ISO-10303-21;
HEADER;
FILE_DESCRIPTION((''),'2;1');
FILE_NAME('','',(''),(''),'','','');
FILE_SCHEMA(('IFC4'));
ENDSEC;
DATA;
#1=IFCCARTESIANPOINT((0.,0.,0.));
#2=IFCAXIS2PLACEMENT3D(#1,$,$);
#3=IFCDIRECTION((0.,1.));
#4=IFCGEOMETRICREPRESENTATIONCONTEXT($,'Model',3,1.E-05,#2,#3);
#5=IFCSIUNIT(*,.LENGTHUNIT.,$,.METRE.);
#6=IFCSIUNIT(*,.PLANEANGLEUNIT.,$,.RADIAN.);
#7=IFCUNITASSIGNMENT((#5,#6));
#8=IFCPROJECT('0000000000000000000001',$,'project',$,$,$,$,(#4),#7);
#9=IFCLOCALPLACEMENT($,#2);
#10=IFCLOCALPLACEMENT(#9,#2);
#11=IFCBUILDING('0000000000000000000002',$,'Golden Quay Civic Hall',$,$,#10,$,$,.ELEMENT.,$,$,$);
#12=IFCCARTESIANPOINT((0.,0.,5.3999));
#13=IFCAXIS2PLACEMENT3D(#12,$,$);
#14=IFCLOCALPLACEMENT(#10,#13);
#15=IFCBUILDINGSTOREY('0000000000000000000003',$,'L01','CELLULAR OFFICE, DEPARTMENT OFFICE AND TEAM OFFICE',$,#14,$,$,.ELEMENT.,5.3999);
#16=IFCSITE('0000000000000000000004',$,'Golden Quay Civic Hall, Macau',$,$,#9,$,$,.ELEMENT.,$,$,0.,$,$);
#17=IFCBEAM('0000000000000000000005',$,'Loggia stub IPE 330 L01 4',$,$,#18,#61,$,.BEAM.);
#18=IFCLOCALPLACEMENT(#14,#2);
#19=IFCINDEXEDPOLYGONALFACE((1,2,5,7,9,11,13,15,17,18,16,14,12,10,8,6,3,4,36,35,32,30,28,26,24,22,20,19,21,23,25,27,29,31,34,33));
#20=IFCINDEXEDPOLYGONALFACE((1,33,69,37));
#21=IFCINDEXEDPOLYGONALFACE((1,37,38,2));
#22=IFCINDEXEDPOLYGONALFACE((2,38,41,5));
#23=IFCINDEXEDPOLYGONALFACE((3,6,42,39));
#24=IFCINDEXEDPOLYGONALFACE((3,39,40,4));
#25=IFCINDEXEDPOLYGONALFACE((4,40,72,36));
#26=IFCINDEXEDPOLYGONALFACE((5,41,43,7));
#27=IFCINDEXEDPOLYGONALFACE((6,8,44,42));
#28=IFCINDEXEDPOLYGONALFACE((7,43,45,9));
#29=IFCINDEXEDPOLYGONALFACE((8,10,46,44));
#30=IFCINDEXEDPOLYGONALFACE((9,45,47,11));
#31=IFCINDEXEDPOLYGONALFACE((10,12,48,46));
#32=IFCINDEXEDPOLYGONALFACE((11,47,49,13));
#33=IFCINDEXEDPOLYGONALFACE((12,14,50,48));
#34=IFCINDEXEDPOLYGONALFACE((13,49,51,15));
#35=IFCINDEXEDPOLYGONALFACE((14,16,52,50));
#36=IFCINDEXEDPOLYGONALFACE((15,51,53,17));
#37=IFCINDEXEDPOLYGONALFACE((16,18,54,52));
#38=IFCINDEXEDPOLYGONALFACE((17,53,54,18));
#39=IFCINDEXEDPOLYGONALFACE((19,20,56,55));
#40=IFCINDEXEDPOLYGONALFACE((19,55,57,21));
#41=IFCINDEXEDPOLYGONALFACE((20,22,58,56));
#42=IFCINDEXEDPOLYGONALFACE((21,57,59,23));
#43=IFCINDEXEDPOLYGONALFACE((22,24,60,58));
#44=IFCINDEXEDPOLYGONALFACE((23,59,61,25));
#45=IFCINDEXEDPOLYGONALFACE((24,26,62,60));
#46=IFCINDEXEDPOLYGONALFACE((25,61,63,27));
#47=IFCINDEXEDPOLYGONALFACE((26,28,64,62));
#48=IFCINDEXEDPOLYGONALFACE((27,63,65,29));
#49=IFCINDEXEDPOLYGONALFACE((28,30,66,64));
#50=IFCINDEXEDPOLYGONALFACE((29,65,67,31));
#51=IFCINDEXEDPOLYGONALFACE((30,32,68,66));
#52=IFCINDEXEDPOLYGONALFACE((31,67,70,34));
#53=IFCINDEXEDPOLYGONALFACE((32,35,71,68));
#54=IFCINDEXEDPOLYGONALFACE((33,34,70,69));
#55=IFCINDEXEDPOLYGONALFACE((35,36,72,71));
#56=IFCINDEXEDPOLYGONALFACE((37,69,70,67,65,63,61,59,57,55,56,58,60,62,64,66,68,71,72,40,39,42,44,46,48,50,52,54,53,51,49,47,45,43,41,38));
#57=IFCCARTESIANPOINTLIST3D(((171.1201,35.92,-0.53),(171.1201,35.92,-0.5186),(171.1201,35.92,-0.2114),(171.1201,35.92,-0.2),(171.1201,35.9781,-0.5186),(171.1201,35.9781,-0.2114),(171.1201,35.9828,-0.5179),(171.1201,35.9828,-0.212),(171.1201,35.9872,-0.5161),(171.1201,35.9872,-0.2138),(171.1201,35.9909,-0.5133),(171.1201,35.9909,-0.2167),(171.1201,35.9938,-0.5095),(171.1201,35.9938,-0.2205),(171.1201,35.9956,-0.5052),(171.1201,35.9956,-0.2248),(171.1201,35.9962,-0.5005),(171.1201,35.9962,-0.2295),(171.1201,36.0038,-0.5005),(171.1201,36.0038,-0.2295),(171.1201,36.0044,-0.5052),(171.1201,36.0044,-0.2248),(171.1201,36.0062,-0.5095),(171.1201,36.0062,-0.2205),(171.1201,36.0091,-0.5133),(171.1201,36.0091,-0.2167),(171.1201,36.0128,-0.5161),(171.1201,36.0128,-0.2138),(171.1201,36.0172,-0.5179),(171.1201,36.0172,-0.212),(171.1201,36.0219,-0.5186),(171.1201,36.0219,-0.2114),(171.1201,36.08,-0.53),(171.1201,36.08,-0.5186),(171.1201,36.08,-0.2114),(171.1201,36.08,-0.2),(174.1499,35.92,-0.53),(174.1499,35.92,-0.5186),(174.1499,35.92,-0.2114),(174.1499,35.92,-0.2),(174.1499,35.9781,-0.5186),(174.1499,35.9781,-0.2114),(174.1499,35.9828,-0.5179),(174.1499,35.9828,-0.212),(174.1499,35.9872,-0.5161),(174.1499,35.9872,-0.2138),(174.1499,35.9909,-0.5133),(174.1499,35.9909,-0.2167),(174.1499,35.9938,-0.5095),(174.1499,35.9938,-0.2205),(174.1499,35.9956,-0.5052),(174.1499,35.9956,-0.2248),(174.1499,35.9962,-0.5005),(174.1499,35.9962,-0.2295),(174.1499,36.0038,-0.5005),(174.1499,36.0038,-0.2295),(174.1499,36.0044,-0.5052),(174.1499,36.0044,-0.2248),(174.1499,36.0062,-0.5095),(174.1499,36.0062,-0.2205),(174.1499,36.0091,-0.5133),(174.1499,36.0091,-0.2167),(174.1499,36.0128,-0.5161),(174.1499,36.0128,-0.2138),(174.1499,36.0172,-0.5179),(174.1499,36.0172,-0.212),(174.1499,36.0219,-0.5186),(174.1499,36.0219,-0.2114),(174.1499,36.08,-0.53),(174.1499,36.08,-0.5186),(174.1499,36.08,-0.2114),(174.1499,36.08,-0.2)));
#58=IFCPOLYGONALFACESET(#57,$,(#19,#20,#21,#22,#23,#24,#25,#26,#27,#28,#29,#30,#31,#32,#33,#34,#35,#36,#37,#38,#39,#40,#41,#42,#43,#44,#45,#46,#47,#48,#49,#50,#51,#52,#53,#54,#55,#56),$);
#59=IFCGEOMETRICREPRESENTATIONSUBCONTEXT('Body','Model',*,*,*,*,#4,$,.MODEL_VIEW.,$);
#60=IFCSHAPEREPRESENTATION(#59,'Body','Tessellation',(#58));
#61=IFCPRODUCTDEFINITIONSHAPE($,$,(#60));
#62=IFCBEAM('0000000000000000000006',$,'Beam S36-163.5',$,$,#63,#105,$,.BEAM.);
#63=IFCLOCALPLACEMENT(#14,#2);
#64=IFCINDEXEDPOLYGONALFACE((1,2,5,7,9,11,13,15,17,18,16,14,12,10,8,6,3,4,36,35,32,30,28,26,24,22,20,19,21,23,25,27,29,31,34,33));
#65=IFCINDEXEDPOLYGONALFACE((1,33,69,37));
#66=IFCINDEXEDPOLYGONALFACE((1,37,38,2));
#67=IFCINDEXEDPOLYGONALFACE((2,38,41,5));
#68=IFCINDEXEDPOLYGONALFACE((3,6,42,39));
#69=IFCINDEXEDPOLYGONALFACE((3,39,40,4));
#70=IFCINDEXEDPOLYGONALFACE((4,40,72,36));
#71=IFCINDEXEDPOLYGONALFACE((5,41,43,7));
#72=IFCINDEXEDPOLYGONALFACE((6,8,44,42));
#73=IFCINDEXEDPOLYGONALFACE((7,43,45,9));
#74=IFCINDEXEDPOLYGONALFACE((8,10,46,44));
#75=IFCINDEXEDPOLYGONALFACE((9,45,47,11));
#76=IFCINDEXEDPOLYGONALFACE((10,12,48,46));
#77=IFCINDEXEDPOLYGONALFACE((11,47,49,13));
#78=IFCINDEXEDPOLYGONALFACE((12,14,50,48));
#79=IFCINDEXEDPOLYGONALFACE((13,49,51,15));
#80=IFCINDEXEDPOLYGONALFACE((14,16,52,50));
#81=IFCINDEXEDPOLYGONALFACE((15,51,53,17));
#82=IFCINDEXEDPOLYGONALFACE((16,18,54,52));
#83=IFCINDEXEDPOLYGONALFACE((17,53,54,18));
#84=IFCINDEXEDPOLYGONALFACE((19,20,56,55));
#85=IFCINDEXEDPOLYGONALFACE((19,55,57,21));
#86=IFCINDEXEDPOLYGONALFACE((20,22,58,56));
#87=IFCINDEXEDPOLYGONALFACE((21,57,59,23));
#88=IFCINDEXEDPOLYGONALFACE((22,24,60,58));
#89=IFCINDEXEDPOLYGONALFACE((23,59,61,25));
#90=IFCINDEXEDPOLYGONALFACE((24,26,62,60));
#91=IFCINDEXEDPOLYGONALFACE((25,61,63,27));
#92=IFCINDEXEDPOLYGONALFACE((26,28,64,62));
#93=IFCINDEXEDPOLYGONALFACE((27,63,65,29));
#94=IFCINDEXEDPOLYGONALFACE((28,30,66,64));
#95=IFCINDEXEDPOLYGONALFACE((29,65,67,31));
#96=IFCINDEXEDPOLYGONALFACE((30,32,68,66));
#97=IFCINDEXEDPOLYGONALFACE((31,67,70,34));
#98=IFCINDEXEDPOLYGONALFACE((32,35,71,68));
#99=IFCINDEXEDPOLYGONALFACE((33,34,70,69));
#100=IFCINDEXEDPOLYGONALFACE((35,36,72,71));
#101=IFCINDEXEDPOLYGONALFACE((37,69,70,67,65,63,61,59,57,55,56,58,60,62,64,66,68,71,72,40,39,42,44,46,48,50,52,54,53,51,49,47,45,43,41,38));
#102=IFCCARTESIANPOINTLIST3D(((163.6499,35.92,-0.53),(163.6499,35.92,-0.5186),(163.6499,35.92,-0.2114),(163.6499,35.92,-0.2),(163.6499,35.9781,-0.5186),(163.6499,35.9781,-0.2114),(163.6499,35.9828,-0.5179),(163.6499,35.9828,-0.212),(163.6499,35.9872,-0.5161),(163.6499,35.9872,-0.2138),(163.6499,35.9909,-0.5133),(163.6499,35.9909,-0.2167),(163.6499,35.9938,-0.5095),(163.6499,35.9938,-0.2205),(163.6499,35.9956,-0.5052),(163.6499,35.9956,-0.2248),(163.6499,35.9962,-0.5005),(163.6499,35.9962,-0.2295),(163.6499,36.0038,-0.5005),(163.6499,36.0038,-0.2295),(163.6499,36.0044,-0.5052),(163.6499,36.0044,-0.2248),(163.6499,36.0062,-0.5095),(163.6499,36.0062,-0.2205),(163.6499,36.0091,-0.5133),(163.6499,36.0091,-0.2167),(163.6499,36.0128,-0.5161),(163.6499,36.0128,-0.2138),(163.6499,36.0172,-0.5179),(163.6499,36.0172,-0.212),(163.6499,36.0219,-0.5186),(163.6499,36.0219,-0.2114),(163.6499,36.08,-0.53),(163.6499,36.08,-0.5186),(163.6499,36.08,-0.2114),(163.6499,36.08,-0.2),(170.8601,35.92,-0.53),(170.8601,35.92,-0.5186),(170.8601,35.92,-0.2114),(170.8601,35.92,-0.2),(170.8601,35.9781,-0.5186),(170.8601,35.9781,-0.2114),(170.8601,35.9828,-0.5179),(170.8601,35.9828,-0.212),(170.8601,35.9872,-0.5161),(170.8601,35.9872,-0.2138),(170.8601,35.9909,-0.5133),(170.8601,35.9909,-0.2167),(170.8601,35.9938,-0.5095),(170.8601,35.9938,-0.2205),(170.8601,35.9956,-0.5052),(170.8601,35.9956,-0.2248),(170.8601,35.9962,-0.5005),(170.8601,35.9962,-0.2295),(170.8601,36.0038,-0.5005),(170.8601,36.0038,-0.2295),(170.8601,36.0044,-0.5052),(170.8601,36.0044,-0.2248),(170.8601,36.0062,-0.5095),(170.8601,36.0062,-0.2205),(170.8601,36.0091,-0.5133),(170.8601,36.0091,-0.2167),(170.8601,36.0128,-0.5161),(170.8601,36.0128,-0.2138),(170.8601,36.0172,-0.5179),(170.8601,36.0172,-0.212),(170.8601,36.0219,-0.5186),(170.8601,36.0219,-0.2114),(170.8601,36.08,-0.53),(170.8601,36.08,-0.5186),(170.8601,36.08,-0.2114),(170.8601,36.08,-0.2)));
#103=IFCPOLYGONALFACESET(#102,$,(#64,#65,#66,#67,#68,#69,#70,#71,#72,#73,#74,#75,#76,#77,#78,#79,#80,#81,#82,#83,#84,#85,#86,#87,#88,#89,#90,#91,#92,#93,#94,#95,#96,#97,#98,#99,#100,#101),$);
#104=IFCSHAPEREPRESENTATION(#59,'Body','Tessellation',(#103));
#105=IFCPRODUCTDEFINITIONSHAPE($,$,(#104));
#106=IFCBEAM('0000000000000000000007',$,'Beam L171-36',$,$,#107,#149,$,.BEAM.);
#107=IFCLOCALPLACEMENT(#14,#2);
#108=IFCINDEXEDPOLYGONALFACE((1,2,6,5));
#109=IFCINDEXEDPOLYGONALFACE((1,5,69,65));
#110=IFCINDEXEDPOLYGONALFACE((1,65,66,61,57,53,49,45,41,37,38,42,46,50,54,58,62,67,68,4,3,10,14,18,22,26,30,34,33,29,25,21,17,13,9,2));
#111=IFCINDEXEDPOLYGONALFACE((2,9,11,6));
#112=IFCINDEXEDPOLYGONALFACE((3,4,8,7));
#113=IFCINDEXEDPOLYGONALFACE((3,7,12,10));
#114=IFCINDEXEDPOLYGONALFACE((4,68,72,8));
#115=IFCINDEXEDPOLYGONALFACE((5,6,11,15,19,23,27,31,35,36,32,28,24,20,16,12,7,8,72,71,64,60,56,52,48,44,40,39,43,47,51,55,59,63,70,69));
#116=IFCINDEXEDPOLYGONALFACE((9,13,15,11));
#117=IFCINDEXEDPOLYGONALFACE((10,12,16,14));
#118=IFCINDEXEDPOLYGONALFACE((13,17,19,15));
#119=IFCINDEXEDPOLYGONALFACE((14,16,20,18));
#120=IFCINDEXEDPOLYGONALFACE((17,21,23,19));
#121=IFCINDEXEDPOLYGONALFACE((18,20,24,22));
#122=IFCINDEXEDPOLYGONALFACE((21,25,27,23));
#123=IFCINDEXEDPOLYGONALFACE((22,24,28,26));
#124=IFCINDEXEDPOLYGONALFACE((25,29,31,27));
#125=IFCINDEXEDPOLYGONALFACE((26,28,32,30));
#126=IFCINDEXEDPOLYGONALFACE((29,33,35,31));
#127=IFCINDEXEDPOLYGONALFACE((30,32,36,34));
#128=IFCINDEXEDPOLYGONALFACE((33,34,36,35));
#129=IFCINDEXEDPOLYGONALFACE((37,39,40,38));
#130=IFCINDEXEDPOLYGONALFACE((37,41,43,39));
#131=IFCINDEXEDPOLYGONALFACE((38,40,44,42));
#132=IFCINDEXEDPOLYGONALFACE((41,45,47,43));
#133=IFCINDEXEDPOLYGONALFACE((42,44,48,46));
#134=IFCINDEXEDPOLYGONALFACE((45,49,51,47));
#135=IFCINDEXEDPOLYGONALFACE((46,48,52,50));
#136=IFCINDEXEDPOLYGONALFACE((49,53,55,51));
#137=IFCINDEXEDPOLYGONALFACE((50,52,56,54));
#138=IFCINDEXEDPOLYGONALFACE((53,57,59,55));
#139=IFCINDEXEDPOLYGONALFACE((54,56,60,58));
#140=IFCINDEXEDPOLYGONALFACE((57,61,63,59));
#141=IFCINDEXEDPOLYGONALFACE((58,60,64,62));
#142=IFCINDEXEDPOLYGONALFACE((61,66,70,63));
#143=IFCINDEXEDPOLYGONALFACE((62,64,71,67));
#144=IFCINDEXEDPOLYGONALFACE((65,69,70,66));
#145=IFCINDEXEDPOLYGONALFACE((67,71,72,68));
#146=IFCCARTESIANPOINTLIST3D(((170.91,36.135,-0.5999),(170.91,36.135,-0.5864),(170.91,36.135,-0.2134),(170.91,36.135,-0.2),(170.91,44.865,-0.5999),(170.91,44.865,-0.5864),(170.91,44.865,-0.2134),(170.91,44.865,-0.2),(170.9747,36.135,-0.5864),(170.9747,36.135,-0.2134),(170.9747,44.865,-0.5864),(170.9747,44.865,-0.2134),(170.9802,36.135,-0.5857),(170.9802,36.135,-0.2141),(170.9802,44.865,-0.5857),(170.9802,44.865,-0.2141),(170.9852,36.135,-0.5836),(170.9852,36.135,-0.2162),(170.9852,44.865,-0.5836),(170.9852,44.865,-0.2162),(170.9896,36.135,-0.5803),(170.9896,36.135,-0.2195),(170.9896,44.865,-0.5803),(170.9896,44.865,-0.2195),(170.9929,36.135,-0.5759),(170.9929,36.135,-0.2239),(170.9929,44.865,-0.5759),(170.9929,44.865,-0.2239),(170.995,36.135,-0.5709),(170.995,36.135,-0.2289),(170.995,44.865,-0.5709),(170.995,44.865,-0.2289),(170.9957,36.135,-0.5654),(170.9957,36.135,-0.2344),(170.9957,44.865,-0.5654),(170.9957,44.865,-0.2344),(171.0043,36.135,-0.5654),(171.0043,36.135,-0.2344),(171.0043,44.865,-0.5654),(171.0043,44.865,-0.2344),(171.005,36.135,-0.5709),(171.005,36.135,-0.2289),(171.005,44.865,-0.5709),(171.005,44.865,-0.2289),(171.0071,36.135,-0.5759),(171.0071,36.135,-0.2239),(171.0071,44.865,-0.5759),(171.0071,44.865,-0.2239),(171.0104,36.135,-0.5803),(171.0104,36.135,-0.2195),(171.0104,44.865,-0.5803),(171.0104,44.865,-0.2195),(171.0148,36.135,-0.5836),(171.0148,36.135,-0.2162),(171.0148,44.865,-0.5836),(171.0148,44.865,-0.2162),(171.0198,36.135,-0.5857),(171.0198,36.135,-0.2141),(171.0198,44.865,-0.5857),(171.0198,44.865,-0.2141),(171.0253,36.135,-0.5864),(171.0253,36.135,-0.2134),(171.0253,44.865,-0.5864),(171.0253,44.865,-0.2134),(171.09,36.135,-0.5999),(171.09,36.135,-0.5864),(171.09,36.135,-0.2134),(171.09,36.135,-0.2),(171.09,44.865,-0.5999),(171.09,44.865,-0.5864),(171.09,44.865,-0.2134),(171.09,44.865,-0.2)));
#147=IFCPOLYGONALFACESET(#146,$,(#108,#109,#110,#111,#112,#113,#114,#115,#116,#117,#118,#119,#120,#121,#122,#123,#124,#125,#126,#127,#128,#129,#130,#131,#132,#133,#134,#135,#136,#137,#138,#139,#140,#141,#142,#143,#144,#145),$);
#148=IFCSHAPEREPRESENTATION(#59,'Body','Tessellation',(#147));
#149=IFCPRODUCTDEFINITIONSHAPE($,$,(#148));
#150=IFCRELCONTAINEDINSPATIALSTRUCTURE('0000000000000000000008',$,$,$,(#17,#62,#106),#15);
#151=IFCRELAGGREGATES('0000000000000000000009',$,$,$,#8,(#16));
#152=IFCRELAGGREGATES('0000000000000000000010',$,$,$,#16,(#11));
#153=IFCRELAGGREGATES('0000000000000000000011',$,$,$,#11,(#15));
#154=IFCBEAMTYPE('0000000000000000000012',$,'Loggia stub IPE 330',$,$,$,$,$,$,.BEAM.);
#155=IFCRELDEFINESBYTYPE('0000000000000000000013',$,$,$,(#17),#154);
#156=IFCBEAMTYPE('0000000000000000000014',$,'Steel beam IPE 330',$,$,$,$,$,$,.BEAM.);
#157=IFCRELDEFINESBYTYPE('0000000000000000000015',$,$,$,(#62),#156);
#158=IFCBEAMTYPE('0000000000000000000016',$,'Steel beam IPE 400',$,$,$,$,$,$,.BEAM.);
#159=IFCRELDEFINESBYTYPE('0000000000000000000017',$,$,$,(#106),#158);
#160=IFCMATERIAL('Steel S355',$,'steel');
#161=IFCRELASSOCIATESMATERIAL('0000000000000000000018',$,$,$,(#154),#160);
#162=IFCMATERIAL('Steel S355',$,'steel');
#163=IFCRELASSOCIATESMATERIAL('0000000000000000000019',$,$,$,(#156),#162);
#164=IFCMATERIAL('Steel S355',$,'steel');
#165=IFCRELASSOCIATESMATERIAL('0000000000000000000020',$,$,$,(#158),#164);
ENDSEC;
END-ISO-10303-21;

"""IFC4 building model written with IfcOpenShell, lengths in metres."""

from ifc_helpers import new_model, si_unit, direction, frame, origin, origin_2d, place, context, subcontext, project, spatial, i_section, extrude, material, material_profile, profile_set, type_object, element, save


model = new_model("IFC4")

# Units and contexts
model_context = context("Model", 3, precision=1e-05, world=origin(), true_north=direction((0.0, 1.0)))
body_context = subcontext(model_context, "Body", "Model", "MODEL_VIEW")
ifc_project = project(units=[si_unit("LENGTHUNIT", "METRE"), si_unit("PLANEANGLEUNIT", "RADIAN")], contexts=[model_context])

# Site, building, storey
site_placement = place(None, origin())
site = spatial("IfcSite", under=ifc_project, at=site_placement, Name="Golden Quay Civic Hall, Macau", CompositionType="ELEMENT", RefElevation=0.0)
building_placement = place(site_placement, origin())
building = spatial("IfcBuilding", under=site, at=building_placement, Name="Golden Quay Civic Hall", CompositionType="ELEMENT")
storey_placement = place(building_placement, frame((0.0, 0.0, 5.3999)))
storey = spatial("IfcBuildingStorey", under=building, at=storey_placement, Name="L01", Description="CELLULAR OFFICE, DEPARTMENT OFFICE AND TEAM OFFICE", CompositionType="ELEMENT", Elevation=5.3999)

# Beams
ifc_material_1 = material(Name="Steel S355", Category="steel")
ifc_material_profile_1 = material_profile(ifc_material_1, i_section(OverallWidth=0.1599, OverallDepth=0.3301, WebThickness=0.0076, FlangeThickness=0.0115, FilletRadius=0.0181, at=origin_2d()), Name="IPE 330")
ifc_profile_set_1 = profile_set([ifc_material_profile_1], Name="Steel S355")
beam_type_1 = type_object("IfcBeamType", Name="Loggia stub IPE 330", PredefinedType="BEAM", material=ifc_profile_set_1)
beam_1_placement = place(storey_placement, frame((171.1201, 36.0, -0.365), z_axis=(1.0, 0.0, 0.0), x_axis=(0.0, 1.0, 0.0)))
element("IfcBeam", 1, at=beam_1_placement, inside=storey, type_object=beam_type_1, Name="Loggia stub IPE 330 L01 4", PredefinedType="BEAM", context=body_context, shape_type="SweptSolid", body=[
    extrude(i_section(OverallWidth=0.1599, OverallDepth=0.3301, WebThickness=0.0076, FlangeThickness=0.0115, FilletRadius=0.0181, at=origin_2d()), origin(), (0.0, 0.0, 1.0), 3.0298),
])
ifc_material_2 = material(Name="Steel S355", Category="steel")
ifc_material_profile_2 = material_profile(ifc_material_2, i_section(OverallWidth=0.1599, OverallDepth=0.3301, WebThickness=0.0076, FlangeThickness=0.0115, FilletRadius=0.0181, at=origin_2d()), Name="IPE 330")
ifc_profile_set_2 = profile_set([ifc_material_profile_2], Name="Steel S355")
beam_type_2 = type_object("IfcBeamType", Name="Steel beam IPE 330", PredefinedType="BEAM", material=ifc_profile_set_2)
beam_2_placement = place(storey_placement, frame((163.6499, 36.0, -0.365), z_axis=(1.0, 0.0, 0.0), x_axis=(0.0, 1.0, 0.0)))
element("IfcBeam", 2, at=beam_2_placement, inside=storey, type_object=beam_type_2, Name="Beam S36-163.5", PredefinedType="BEAM", context=body_context, shape_type="SweptSolid", body=[
    extrude(i_section(OverallWidth=0.1599, OverallDepth=0.3301, WebThickness=0.0076, FlangeThickness=0.0115, FilletRadius=0.0181, at=origin_2d()), origin(), (0.0, 0.0, 1.0), 7.2102),
])
ifc_material_3 = material(Name="Steel S355", Category="steel")
ifc_material_profile_3 = material_profile(ifc_material_3, i_section(OverallWidth=0.1799, OverallDepth=0.3999, WebThickness=0.0085, FlangeThickness=0.0134, FilletRadius=0.021, at=origin_2d()), Name="IPE 400")
ifc_profile_set_3 = profile_set([ifc_material_profile_3], Name="Steel S355")
beam_type_3 = type_object("IfcBeamType", Name="Steel beam IPE 400", PredefinedType="BEAM", material=ifc_profile_set_3)
beam_3_placement = place(storey_placement, frame((171.0, 36.135, -0.3999), z_axis=(0.0, 1.0, 0.0), x_axis=(-1.0, 0.0, 0.0)))
element("IfcBeam", 3, at=beam_3_placement, inside=storey, type_object=beam_type_3, Name="Beam L171-36", PredefinedType="BEAM", context=body_context, shape_type="SweptSolid", body=[
    extrude(i_section(OverallWidth=0.1799, OverallDepth=0.3999, WebThickness=0.0085, FlangeThickness=0.0134, FilletRadius=0.021, at=origin_2d()), origin(), (0.0, 0.0, 1.0), 8.73),
])

save(model, "model.ifc")
